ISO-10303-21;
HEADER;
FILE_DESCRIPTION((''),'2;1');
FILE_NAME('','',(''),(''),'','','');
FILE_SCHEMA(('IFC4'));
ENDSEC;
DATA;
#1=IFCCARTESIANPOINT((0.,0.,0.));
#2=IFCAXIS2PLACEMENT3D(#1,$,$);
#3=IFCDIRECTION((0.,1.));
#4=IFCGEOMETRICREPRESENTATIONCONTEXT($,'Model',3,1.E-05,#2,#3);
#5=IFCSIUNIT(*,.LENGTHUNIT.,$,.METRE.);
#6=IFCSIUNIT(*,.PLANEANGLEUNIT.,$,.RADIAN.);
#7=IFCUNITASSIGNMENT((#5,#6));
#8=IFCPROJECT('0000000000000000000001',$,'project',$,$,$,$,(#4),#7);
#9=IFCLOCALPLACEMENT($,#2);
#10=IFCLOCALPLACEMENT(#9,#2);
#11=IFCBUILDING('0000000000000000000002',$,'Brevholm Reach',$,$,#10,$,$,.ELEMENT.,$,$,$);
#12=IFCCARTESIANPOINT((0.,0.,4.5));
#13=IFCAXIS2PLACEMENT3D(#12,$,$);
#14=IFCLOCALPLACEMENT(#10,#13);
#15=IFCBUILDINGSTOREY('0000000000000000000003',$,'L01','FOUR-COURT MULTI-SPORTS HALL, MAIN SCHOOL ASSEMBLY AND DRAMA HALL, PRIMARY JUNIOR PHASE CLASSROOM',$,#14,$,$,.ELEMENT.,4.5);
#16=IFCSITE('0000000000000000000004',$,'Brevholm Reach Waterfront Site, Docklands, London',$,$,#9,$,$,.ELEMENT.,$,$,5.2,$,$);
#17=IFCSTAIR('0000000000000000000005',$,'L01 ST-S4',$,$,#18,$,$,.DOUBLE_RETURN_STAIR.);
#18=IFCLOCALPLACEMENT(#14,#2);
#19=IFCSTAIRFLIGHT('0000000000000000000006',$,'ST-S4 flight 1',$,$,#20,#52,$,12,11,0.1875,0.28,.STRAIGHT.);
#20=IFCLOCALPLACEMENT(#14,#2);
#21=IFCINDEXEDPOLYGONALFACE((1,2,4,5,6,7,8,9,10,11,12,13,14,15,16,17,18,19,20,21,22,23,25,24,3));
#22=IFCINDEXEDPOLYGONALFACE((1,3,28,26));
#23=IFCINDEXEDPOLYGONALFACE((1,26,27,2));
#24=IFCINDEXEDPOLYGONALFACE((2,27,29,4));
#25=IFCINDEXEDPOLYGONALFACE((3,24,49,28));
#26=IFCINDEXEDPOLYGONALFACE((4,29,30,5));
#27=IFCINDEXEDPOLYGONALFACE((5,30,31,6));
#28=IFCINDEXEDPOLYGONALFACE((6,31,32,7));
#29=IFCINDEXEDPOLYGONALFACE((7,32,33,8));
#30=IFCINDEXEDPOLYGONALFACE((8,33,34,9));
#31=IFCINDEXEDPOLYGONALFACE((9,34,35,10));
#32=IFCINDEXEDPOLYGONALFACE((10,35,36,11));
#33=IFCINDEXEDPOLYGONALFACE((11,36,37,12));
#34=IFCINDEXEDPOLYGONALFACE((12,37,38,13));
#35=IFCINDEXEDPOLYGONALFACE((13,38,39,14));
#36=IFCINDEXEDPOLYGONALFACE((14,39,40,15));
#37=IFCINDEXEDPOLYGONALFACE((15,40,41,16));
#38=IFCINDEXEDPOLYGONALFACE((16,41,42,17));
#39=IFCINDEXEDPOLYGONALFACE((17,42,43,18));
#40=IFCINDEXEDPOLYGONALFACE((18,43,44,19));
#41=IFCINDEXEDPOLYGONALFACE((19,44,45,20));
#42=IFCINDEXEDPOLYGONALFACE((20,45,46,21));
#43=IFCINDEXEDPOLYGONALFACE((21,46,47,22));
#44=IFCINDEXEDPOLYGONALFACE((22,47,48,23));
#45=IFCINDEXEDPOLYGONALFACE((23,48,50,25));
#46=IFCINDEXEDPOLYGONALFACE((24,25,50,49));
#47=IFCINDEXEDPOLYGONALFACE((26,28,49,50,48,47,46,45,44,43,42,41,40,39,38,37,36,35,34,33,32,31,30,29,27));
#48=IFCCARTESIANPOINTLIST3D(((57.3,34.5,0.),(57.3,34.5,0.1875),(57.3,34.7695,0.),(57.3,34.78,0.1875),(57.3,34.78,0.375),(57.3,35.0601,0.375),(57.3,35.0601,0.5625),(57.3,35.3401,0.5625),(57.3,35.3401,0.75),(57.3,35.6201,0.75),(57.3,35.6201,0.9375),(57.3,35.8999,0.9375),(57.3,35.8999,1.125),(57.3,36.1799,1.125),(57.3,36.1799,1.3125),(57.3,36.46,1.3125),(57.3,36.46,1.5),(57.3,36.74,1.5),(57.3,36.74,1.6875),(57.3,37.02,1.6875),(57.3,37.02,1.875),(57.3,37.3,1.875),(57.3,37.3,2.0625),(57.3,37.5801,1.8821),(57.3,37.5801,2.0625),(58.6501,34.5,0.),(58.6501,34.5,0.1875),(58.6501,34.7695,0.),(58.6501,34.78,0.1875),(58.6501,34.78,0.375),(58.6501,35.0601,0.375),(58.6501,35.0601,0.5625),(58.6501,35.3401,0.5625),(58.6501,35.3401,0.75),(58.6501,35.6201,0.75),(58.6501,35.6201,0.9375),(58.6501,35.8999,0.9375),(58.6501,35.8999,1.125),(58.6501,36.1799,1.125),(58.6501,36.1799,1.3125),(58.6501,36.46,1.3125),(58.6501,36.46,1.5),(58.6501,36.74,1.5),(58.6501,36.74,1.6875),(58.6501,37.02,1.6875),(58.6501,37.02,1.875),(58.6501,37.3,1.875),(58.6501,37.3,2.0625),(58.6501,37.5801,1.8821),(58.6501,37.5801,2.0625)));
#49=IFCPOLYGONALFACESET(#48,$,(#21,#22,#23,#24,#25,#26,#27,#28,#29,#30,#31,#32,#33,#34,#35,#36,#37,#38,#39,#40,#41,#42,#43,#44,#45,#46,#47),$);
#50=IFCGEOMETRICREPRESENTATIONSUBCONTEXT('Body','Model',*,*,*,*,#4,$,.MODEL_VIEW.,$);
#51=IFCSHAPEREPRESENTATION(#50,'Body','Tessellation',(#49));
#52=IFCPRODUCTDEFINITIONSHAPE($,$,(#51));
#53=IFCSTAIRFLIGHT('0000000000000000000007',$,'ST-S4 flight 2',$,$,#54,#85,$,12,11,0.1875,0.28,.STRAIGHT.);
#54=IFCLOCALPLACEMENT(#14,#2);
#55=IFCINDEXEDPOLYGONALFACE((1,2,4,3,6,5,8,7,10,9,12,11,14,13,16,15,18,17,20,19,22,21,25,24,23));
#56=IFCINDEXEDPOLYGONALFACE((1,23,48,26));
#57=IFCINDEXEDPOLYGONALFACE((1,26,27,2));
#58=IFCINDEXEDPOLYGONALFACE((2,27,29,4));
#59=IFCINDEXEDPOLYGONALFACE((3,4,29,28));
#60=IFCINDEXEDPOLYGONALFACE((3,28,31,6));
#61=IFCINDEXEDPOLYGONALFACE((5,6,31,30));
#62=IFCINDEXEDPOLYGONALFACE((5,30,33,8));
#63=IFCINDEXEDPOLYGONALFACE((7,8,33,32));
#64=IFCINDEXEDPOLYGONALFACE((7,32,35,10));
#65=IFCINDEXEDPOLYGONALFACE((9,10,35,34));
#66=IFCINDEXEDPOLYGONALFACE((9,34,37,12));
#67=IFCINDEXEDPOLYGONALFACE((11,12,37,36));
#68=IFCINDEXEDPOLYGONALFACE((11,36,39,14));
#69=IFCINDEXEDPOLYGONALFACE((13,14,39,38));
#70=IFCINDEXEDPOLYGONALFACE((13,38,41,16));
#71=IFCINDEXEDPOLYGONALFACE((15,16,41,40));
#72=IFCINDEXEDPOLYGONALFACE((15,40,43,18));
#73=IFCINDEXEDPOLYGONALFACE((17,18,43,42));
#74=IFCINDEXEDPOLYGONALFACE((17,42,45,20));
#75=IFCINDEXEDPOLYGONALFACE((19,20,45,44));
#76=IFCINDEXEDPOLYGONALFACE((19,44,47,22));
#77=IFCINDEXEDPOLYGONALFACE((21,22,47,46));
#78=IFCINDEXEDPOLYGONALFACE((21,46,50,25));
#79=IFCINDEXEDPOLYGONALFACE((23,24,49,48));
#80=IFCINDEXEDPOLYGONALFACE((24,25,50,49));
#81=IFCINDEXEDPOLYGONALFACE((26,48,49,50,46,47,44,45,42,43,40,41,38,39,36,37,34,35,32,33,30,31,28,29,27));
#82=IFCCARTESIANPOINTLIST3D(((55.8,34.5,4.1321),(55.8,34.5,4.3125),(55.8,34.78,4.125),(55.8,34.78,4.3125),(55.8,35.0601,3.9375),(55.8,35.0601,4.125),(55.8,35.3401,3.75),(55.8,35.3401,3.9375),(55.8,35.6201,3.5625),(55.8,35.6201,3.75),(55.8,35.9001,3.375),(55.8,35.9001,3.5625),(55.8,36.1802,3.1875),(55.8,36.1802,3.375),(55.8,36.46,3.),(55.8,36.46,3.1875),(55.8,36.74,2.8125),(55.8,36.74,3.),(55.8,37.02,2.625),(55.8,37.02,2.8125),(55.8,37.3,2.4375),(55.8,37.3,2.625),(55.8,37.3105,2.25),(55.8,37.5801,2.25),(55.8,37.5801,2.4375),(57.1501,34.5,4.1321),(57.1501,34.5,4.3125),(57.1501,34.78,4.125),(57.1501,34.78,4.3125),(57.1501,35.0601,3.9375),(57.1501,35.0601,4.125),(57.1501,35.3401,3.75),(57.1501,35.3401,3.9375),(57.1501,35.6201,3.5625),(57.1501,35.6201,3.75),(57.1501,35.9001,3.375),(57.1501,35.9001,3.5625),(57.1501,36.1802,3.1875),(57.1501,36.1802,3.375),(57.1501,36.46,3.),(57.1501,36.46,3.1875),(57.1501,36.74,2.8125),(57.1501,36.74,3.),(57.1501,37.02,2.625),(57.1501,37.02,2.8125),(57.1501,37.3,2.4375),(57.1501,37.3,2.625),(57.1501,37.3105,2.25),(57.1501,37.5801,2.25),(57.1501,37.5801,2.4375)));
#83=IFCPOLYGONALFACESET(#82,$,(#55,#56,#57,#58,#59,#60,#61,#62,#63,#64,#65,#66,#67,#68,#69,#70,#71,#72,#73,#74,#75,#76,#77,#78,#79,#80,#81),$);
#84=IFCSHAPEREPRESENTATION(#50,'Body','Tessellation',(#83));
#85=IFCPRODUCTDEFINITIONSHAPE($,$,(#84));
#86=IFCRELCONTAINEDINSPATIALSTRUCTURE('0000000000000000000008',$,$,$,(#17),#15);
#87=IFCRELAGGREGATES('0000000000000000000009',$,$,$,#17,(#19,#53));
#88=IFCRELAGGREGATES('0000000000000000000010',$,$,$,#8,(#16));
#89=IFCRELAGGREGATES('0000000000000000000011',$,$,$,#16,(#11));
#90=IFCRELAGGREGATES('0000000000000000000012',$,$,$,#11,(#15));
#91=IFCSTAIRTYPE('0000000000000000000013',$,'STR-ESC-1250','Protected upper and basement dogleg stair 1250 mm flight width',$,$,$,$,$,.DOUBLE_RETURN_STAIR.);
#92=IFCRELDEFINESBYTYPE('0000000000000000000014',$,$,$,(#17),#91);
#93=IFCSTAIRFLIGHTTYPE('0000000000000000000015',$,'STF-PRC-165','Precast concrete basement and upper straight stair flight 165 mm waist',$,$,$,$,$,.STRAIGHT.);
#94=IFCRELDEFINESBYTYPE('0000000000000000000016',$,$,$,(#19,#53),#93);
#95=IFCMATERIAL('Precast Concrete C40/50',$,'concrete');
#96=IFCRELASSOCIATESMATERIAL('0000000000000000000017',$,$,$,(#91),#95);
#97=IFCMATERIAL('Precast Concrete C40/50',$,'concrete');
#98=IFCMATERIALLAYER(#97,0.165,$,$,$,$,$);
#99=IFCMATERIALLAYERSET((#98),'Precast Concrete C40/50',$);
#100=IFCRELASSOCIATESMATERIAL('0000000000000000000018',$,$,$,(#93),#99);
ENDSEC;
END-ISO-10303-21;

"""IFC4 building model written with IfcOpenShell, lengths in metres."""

from ifc_helpers import new_model, si_unit, direction, frame, origin, place, context, subcontext, project, spatial, polyline, outline, extrude, material, layer, layer_set, type_object, element, aggregate, save


model = new_model("IFC4")

# Units and contexts
model_context = context("Model", 3, precision=1e-05, world=origin(), true_north=direction((0.0, 1.0)))
body_context = subcontext(model_context, "Body", "Model", "MODEL_VIEW")
ifc_project = project(units=[si_unit("LENGTHUNIT", "METRE"), si_unit("PLANEANGLEUNIT", "RADIAN")], contexts=[model_context])

# Site, building, storey
site_placement = place(None, origin())
site = spatial("IfcSite", under=ifc_project, at=site_placement, Name="Brevholm Reach Waterfront Site, Docklands, London", CompositionType="ELEMENT", RefElevation=5.2)
building_placement = place(site_placement, origin())
building = spatial("IfcBuilding", under=site, at=building_placement, Name="Brevholm Reach", CompositionType="ELEMENT")
storey_placement = place(building_placement, frame((0.0, 0.0, 4.5)))
storey = spatial("IfcBuildingStorey", under=building, at=storey_placement, Name="L01", Description="FOUR-COURT MULTI-SPORTS HALL, MAIN SCHOOL ASSEMBLY AND DRAMA HALL, PRIMARY JUNIOR PHASE CLASSROOM", CompositionType="ELEMENT", Elevation=4.5)

# Stair, stair flights
ifc_material_1 = material(Name="Precast Concrete C40/50", Category="concrete")
stair_type = type_object("IfcStairType", Name="STR-ESC-1250", Description="Protected upper and basement dogleg stair 1250 mm flight width", PredefinedType="DOUBLE_RETURN_STAIR", material=ifc_material_1)
stair_placement = place(storey_placement, origin())
stair = element("IfcStair", 1, at=stair_placement, inside=storey, type_object=stair_type, Name="L01 ST-S4", PredefinedType="DOUBLE_RETURN_STAIR")
ifc_material_2 = material(Name="Precast Concrete C40/50", Category="concrete")
ifc_layer_1 = layer(ifc_material_2, 0.165)
ifc_layer_set_1 = layer_set([ifc_layer_1], Name="Precast Concrete C40/50")
stair_flight_type = type_object("IfcStairFlightType", Name="STF-PRC-165", Description="Precast concrete basement and upper straight stair flight 165 mm waist", PredefinedType="STRAIGHT", material=ifc_layer_set_1)
stair_flight_1_placement = place(storey_placement, frame((57.9751, 34.5, 0.0), z_axis=(0.0, 0.0, 1.0), x_axis=(0.0, 1.0, 0.0)))
stair_flight_1 = element("IfcStairFlight", 2, at=stair_flight_1_placement, type_object=stair_flight_type, Name="ST-S4 flight 1", NumberOfRisers=12, NumberOfTreads=11, PredefinedType="STRAIGHT", RiserHeight=0.1875, TreadLength=0.28, context=body_context, shape_type="SweptSolid", body=[
    extrude(outline(polyline([(0.0, 0.0), (0.0, 0.1875), (0.28, 0.1875), (0.28, 0.375), (0.5601, 0.375), (0.5601, 0.5625), (0.8401, 0.5625), (0.8401, 0.75), (1.1201, 0.75), (1.1201, 0.9375), (1.3999, 0.9375), (1.3999, 1.125), (1.6799, 1.125), (1.6799, 1.3125), (1.96, 1.3125), (1.96, 1.5), (2.24, 1.5), (2.24, 1.6875), (2.52, 1.6875), (2.52, 1.875), (2.8, 1.875), (2.8, 2.0625), (3.0801, 2.0625), (3.0801, 2.25), (3.0801, 1.8821), (0.2695, 0.0), (0.0, 0.0)])), frame((0.0, 0.675, 0.0), z_axis=(0.0, -1.0, 0.0), x_axis=(1.0, 0.0, 0.0)), (0.0, 0.0, 1.0), 1.3501),
])
stair_flight_2_placement = place(storey_placement, frame((56.4751, 37.5801, 2.25), z_axis=(0.0, 0.0, 1.0), x_axis=(0.0, -1.0, 0.0)))
stair_flight_2 = element("IfcStairFlight", 3, at=stair_flight_2_placement, type_object=stair_flight_type, Name="ST-S4 flight 2", NumberOfRisers=12, NumberOfTreads=11, PredefinedType="STRAIGHT", RiserHeight=0.1875, TreadLength=0.28, context=body_context, shape_type="SweptSolid", body=[
    extrude(outline(polyline([(0.0, 0.0), (0.0, 0.1875), (0.28, 0.1875), (0.28, 0.375), (0.5601, 0.375), (0.5601, 0.5625), (0.8401, 0.5625), (0.8401, 0.75), (1.1201, 0.75), (1.1201, 0.9375), (1.3999, 0.9375), (1.3999, 1.125), (1.6799, 1.125), (1.6799, 1.3125), (1.96, 1.3125), (1.96, 1.5), (2.24, 1.5), (2.24, 1.6875), (2.52, 1.6875), (2.52, 1.875), (2.8, 1.875), (2.8, 2.0625), (3.0801, 2.0625), (3.0801, 2.25), (3.0801, 1.8821), (0.2695, 0.0), (0.0, 0.0)])), frame((0.0, 0.675, 0.0), z_axis=(0.0, -1.0, 0.0), x_axis=(1.0, 0.0, 0.0)), (0.0, 0.0, 1.0), 1.3501),
])
aggregate(stair, [stair_flight_1, stair_flight_2])

save(model, "model.ifc")
